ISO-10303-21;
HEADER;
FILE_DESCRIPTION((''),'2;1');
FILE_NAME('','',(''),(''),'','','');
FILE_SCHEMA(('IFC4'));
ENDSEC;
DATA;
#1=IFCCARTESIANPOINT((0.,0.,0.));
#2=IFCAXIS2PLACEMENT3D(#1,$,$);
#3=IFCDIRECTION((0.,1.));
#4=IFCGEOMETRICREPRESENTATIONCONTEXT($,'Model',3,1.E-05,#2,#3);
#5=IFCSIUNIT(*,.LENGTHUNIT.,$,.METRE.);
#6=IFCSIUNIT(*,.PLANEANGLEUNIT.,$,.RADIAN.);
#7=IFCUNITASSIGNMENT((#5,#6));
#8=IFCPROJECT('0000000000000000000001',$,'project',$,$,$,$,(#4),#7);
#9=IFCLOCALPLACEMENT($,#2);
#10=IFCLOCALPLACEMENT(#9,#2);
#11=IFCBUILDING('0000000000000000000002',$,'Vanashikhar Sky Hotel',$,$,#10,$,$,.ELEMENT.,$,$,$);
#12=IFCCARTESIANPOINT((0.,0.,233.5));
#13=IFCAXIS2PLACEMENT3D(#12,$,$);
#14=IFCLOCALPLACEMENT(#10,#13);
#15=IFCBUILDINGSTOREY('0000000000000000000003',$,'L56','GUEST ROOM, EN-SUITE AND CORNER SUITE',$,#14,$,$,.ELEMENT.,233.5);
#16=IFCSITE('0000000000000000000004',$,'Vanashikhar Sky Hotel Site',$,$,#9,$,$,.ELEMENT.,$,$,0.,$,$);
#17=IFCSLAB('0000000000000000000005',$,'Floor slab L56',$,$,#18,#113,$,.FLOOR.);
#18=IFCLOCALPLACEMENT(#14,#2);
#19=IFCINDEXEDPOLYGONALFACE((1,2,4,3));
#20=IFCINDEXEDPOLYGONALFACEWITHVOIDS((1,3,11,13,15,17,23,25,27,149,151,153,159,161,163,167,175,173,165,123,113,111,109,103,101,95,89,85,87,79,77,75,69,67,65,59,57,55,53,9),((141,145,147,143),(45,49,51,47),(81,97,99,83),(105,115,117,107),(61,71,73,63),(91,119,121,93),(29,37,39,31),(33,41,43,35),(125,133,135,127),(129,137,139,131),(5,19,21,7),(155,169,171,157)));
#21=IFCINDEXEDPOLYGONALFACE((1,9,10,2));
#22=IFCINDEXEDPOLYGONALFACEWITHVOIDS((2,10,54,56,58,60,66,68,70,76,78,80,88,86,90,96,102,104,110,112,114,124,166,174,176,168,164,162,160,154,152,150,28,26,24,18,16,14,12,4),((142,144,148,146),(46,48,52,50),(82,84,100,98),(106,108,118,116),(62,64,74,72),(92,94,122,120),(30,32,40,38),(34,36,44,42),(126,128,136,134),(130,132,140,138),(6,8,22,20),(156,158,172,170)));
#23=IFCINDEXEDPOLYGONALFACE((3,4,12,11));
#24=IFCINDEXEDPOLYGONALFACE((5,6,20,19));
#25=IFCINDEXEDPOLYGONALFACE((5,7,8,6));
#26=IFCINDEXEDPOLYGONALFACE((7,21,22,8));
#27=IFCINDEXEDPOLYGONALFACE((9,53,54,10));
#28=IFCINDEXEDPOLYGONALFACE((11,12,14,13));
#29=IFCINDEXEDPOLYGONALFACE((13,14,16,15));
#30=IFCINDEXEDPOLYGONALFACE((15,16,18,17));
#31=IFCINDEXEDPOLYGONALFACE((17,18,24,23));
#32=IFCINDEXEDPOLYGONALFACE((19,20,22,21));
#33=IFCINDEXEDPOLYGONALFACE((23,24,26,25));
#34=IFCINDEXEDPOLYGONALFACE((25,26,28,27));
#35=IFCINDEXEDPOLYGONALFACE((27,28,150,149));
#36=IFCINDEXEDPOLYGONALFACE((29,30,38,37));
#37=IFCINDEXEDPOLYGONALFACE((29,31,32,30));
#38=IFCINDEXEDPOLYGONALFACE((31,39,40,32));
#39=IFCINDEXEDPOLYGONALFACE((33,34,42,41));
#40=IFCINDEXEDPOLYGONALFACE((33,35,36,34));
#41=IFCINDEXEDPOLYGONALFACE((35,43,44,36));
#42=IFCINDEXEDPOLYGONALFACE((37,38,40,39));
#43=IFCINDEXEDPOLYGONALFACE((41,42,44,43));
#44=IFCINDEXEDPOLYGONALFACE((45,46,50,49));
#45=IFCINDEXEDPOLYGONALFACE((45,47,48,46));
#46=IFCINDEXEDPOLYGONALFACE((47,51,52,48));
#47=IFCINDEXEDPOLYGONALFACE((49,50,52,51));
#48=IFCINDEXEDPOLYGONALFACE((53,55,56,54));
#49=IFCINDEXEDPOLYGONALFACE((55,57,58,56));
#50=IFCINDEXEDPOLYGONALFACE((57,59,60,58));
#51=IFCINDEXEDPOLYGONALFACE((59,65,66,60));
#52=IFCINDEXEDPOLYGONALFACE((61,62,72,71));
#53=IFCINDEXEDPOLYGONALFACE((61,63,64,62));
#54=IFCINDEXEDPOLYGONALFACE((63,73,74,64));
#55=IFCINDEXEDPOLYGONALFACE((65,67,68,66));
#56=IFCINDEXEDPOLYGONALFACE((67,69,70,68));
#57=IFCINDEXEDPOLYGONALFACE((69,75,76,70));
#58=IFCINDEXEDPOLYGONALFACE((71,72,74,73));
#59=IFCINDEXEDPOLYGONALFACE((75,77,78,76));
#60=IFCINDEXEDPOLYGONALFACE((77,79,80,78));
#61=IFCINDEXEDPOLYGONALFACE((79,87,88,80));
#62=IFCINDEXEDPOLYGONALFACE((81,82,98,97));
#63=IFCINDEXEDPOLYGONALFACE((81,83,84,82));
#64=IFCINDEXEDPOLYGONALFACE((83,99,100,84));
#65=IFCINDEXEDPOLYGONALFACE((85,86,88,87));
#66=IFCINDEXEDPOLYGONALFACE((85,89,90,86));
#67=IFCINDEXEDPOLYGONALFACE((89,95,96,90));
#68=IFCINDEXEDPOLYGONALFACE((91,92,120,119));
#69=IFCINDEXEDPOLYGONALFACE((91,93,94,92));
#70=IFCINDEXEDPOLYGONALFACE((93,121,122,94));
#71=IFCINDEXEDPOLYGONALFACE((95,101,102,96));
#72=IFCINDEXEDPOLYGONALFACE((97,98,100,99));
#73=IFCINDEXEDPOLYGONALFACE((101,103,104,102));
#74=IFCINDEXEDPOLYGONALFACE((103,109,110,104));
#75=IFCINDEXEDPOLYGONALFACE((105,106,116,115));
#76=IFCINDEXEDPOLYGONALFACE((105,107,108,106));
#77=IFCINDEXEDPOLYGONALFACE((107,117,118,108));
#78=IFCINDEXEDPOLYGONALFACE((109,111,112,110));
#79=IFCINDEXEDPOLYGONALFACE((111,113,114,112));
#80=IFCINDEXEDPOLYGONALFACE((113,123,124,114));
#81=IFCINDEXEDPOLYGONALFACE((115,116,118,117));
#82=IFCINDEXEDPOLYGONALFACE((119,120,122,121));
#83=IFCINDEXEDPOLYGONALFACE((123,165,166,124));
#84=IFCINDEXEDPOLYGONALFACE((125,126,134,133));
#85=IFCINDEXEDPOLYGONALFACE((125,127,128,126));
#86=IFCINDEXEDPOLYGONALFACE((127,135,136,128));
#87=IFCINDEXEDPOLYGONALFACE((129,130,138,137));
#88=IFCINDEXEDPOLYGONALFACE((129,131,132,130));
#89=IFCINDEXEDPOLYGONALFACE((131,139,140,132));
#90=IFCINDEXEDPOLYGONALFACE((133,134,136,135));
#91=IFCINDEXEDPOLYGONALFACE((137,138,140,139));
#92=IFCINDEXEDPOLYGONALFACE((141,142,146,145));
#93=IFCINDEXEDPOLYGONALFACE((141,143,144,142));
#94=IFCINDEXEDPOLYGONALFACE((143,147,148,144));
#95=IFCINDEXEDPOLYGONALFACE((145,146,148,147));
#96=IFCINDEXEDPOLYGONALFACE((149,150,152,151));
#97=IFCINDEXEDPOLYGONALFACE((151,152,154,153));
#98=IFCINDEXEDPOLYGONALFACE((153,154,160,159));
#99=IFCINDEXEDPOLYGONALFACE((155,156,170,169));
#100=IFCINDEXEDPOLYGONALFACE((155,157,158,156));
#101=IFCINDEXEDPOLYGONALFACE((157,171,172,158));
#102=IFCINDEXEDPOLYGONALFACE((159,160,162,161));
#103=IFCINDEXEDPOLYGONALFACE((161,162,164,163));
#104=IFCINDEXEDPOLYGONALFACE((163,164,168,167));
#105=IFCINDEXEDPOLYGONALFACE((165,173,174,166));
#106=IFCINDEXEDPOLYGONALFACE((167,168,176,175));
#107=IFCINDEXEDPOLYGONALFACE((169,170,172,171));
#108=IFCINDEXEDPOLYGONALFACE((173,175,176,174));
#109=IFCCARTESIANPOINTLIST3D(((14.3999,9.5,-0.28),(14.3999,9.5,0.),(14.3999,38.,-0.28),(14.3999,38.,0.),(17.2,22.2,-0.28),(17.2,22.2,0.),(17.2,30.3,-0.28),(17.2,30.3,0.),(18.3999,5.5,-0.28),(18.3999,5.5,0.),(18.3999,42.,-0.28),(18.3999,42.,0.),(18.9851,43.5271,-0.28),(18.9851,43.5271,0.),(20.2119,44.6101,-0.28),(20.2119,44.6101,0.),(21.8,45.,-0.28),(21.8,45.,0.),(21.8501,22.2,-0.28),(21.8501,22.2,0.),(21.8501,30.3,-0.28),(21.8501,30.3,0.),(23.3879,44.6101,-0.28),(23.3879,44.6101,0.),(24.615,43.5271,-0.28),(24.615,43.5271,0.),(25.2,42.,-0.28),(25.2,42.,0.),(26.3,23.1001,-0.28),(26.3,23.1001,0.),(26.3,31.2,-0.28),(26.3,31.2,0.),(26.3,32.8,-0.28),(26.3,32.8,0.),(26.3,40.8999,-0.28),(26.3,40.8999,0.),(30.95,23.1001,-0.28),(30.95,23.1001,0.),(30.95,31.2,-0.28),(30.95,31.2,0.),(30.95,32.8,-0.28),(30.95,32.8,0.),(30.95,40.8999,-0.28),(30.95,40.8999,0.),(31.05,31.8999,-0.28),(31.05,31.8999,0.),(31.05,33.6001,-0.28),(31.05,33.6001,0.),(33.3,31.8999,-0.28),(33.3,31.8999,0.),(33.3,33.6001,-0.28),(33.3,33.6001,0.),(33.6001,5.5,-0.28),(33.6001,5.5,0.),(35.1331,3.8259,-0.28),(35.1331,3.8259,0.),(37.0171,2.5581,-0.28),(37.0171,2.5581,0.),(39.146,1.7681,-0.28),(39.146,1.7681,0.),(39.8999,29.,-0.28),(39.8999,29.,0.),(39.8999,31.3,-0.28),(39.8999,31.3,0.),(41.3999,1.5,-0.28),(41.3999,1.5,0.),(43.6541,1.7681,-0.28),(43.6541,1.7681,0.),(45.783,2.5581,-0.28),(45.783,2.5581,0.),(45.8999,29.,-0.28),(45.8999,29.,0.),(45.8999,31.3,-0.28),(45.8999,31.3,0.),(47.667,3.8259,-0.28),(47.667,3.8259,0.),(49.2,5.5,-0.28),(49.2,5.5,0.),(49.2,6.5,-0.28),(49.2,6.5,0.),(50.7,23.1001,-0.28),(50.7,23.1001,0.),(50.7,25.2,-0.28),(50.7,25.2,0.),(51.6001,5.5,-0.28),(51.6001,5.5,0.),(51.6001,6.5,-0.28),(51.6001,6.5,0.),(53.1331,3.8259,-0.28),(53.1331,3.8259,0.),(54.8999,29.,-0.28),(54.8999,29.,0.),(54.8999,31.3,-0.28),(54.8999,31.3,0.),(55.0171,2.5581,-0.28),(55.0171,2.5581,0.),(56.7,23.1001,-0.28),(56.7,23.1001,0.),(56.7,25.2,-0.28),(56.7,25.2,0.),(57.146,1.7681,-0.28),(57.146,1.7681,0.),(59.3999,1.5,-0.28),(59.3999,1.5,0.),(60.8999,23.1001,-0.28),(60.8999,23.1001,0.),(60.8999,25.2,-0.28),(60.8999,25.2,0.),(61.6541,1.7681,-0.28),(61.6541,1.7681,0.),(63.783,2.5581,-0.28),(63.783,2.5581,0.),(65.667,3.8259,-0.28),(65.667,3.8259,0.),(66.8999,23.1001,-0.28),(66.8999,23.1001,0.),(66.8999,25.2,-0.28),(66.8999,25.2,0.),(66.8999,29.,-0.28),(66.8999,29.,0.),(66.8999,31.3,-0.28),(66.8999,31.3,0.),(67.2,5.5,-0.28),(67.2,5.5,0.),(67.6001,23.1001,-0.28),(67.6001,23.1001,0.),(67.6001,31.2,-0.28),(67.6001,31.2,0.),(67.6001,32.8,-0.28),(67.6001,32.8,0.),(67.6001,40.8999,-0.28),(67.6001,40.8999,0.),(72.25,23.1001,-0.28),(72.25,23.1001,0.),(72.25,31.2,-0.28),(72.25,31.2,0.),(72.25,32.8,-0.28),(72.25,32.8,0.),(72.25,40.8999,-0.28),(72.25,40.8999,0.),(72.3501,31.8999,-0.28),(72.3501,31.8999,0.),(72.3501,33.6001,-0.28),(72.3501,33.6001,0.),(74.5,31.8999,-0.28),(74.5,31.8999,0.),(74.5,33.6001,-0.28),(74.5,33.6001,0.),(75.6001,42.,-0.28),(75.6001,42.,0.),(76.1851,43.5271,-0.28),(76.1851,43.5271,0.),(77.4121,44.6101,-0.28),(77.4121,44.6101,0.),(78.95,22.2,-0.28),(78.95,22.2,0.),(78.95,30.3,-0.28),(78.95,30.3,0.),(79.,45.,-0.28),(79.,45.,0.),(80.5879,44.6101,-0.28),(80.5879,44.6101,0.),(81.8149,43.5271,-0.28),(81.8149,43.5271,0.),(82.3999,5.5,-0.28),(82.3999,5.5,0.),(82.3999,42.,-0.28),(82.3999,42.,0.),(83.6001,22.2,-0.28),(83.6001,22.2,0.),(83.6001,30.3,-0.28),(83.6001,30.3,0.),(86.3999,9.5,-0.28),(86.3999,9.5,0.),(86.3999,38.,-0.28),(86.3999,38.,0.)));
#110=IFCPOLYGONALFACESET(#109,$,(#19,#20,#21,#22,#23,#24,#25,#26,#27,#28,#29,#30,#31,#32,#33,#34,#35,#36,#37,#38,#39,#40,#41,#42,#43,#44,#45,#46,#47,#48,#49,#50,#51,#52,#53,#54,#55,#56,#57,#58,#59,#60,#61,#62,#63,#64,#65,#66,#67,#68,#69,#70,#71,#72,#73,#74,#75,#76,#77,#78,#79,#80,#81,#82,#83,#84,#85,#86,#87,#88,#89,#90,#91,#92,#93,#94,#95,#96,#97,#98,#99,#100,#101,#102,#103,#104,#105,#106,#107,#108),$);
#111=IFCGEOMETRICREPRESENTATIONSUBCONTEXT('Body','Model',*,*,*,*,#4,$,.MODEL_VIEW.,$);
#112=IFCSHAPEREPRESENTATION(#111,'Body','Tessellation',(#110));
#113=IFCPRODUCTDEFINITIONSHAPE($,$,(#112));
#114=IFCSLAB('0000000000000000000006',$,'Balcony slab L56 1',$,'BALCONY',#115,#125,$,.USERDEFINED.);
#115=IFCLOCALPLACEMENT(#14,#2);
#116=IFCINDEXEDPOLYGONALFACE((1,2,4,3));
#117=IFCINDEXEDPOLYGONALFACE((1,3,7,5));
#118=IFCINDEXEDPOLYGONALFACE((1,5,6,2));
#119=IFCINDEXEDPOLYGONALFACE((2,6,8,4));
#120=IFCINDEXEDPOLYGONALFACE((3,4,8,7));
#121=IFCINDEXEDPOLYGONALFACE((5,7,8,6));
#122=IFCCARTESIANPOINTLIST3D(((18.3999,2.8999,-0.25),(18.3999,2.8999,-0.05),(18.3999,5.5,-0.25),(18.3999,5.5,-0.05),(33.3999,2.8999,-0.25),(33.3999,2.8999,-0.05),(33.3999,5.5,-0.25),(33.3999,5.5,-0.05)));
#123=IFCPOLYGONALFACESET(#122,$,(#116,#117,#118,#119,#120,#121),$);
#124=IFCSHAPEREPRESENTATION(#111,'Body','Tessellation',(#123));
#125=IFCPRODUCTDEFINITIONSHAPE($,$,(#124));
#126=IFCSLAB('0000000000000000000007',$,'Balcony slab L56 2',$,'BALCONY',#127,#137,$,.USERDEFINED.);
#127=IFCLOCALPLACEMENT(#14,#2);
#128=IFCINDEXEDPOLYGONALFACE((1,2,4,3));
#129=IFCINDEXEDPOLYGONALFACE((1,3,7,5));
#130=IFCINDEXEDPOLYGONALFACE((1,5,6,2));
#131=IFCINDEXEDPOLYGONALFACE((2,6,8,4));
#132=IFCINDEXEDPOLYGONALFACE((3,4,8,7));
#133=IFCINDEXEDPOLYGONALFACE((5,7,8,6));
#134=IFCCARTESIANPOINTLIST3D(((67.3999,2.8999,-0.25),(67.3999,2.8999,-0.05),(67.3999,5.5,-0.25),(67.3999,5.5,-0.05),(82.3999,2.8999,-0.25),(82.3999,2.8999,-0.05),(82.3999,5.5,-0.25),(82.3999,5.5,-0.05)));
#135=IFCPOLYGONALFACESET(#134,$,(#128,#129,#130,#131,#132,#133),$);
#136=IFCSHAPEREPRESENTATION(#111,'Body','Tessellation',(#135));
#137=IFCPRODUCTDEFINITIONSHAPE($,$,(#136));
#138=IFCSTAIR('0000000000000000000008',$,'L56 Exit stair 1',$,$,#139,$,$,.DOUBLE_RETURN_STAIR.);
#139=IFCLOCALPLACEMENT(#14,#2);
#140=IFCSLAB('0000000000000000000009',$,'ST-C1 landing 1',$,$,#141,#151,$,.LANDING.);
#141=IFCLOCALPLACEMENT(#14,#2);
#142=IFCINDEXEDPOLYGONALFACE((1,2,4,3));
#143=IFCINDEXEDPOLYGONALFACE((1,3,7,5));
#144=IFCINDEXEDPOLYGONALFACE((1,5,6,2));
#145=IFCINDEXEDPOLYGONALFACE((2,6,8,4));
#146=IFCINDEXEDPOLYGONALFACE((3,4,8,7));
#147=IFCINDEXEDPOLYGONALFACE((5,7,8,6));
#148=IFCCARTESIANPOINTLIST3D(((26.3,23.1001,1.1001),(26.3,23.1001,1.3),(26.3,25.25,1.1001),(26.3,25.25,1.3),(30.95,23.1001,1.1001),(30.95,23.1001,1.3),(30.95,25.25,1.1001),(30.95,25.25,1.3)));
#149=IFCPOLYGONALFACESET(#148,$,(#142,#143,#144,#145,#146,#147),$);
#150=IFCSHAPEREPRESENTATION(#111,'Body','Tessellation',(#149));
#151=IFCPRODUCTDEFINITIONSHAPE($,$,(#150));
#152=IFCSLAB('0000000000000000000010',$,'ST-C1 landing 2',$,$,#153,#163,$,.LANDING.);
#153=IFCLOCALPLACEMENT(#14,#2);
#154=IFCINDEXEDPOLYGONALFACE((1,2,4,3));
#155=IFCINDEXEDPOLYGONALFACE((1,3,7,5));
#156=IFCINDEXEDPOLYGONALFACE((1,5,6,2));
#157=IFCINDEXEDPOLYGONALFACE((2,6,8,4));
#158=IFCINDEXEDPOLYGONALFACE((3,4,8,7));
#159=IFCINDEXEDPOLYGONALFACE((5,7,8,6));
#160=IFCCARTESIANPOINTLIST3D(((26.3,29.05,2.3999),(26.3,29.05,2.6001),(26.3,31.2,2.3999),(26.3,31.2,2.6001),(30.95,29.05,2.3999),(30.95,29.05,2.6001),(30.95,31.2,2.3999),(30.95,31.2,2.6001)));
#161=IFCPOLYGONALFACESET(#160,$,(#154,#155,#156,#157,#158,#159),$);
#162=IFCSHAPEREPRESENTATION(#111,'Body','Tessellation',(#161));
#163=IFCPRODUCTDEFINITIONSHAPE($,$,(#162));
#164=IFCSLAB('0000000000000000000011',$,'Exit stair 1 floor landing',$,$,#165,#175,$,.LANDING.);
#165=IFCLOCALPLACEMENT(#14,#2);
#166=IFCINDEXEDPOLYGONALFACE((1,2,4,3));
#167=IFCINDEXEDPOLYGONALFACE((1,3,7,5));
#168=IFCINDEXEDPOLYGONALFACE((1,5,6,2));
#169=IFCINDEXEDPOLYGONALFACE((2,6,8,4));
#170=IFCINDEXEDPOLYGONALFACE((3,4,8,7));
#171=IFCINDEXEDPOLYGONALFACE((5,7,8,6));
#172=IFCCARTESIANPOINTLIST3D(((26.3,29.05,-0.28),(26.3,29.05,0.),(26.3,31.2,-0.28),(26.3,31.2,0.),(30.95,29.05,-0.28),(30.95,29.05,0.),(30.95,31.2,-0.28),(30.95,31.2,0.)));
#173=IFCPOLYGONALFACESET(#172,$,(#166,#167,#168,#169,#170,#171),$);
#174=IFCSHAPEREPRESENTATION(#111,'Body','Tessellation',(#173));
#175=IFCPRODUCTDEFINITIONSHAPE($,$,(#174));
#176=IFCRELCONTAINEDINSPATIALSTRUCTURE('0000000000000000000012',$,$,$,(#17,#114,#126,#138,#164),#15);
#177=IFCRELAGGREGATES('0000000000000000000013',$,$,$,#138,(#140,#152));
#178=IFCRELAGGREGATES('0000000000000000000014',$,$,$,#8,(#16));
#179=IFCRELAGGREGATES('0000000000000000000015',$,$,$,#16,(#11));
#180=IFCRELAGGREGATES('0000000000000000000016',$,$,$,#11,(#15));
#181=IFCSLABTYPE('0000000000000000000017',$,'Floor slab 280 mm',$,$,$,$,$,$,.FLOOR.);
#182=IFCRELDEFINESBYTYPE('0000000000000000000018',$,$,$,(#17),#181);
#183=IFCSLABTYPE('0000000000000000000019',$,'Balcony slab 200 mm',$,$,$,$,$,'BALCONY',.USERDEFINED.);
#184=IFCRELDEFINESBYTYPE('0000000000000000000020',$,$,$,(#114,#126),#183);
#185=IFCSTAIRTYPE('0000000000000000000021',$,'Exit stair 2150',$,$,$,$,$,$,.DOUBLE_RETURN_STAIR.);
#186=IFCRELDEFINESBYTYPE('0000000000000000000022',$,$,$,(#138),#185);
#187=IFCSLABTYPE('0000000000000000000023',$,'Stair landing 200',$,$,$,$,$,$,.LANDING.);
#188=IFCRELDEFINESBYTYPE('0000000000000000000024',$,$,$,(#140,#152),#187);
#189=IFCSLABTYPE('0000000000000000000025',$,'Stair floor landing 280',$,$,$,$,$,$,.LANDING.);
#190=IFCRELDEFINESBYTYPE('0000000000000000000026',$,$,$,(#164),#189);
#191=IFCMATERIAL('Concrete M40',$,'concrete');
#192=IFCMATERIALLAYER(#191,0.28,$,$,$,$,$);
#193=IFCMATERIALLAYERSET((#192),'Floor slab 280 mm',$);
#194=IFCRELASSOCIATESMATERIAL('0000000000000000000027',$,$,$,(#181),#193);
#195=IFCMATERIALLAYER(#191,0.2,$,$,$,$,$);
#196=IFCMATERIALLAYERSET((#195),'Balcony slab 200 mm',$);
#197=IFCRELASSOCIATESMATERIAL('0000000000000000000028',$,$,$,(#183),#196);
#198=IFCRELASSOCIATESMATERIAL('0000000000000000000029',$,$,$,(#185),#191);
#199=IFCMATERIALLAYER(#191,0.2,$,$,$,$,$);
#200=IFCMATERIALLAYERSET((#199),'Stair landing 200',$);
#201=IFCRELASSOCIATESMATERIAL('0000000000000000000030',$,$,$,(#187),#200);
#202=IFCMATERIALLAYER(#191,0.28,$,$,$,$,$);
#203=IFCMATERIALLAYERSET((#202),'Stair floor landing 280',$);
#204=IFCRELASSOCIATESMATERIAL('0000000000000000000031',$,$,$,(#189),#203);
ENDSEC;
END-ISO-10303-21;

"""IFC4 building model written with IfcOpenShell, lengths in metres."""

from ifc_helpers import new_model, si_unit, direction, frame, origin, place, context, subcontext, project, spatial, polyline, outline, extrude, source, transform, mapped, material, layer, layer_set, type_object, element, aggregate, save


model = new_model("IFC4")

# Units and contexts
model_context = context("Model", 3, precision=1e-05, world=origin(), true_north=direction((0.0, 1.0)))
body_context = subcontext(model_context, "Body", "Model", "MODEL_VIEW")
ifc_project = project(units=[si_unit("LENGTHUNIT", "METRE"), si_unit("PLANEANGLEUNIT", "RADIAN")], contexts=[model_context])

# Site, building, storey
site_placement = place(None, origin())
site = spatial("IfcSite", under=ifc_project, at=site_placement, Name="Vanashikhar Sky Hotel Site", CompositionType="ELEMENT", RefElevation=0.0)
building_placement = place(site_placement, origin())
building = spatial("IfcBuilding", under=site, at=building_placement, Name="Vanashikhar Sky Hotel", CompositionType="ELEMENT")
storey_placement = place(building_placement, frame((0.0, 0.0, 233.5)))
storey = spatial("IfcBuildingStorey", under=building, at=storey_placement, Name="L56", Description="GUEST ROOM, EN-SUITE AND CORNER SUITE", CompositionType="ELEMENT", Elevation=233.5)

# Slabs
ifc_material = material(Name="Concrete M40", Category="concrete")
ifc_layer_1 = layer(ifc_material, 0.28)
ifc_layer_set_1 = layer_set([ifc_layer_1], Name="Floor slab 280 mm")
slab_type_1 = type_object("IfcSlabType", Name="Floor slab 280 mm", PredefinedType="FLOOR", material=ifc_layer_set_1)
shared_shape_1 = source(origin(), body_context, "Body", "SweptSolid", [
    extrude(outline(polyline([(49.2, 5.5), (49.2, 6.5), (51.6001, 6.5), (51.6001, 5.5), (53.1331, 3.8259), (55.0171, 2.5581), (57.146, 1.7681), (59.3999, 1.5), (61.6541, 1.7681), (63.783, 2.5581), (65.667, 3.8259), (67.2, 5.5), (82.3999, 5.5), (86.3999, 9.5), (86.3999, 38.0), (82.3999, 42.0), (81.8149, 43.5271), (80.5879, 44.6101), (79.0, 45.0), (77.4121, 44.6101), (76.1851, 43.5271), (75.6001, 42.0), (25.2, 42.0), (24.615, 43.5271), (23.3879, 44.6101), (21.8, 45.0), (20.2119, 44.6101), (18.9851, 43.5271), (18.3999, 42.0), (14.3999, 38.0), (14.3999, 9.5), (18.3999, 5.5), (33.6001, 5.5), (35.1331, 3.8259), (37.0171, 2.5581), (39.146, 1.7681), (41.3999, 1.5), (43.6541, 1.7681), (45.783, 2.5581), (47.667, 3.8259), (49.2, 5.5)]), holes=[polyline([(33.3, 33.6001), (31.05, 33.6001), (31.05, 31.8999), (33.3, 31.8999), (33.3, 33.6001)]), polyline([(39.8999, 31.3), (39.8999, 29.0), (45.8999, 29.0), (45.8999, 31.3), (39.8999, 31.3)]), polyline([(50.7, 25.2), (50.7, 23.1001), (56.7, 23.1001), (56.7, 25.2), (50.7, 25.2)]), polyline([(66.8999, 29.0), (66.8999, 31.3), (54.8999, 31.3), (54.8999, 29.0), (66.8999, 29.0)]), polyline([(60.8999, 25.2), (60.8999, 23.1001), (66.8999, 23.1001), (66.8999, 25.2), (60.8999, 25.2)]), polyline([(74.5, 33.6001), (72.3501, 33.6001), (72.3501, 31.8999), (74.5, 31.8999), (74.5, 33.6001)]), polyline([(30.95, 23.1001), (30.95, 31.2), (26.3, 31.2), (26.3, 23.1001), (30.95, 23.1001)]), polyline([(72.25, 23.1001), (72.25, 31.2), (67.6001, 31.2), (67.6001, 23.1001), (72.25, 23.1001)]), polyline([(30.95, 32.8), (30.95, 40.8999), (26.3, 40.8999), (26.3, 32.8), (30.95, 32.8)]), polyline([(72.25, 32.8), (72.25, 40.8999), (67.6001, 40.8999), (67.6001, 32.8), (72.25, 32.8)]), polyline([(83.6001, 22.2), (83.6001, 30.3), (78.95, 30.3), (78.95, 22.2), (83.6001, 22.2)]), polyline([(21.8501, 22.2), (21.8501, 30.3), (17.2, 30.3), (17.2, 22.2), (21.8501, 22.2)])]), origin(), (0.0, 0.0, 1.0), 0.28),
])
slab_1_placement = place(storey_placement, frame((0.0, 0.0, -0.28)))
element("IfcSlab", 1, at=slab_1_placement, inside=storey, type_object=slab_type_1, Name="Floor slab L56", PredefinedType="FLOOR", context=body_context, shape_type="MappedRepresentation", body=[
    mapped(shared_shape_1, transform((0.0, 0.0, 0.0), scale=1.0)),
])
ifc_layer_2 = layer(ifc_material, 0.2)
ifc_layer_set_2 = layer_set([ifc_layer_2], Name="Balcony slab 200 mm")
slab_type_2 = type_object("IfcSlabType", Name="Balcony slab 200 mm", ElementType="BALCONY", PredefinedType="USERDEFINED", material=ifc_layer_set_2)
shared_shape_2 = source(origin(), body_context, "Body", "SweptSolid", [
    extrude(outline(polyline([(18.3999, 2.8999), (33.3999, 2.8999), (33.3999, 5.5), (18.3999, 5.5), (18.3999, 2.8999)])), origin(), (0.0, 0.0, 1.0), 0.2),
])
slab_2_placement = place(storey_placement, frame((0.0, 0.0, -0.25)))
element("IfcSlab", 2, at=slab_2_placement, inside=storey, type_object=slab_type_2, Name="Balcony slab L56 1", ObjectType="BALCONY", PredefinedType="USERDEFINED", context=body_context, shape_type="MappedRepresentation", body=[
    mapped(shared_shape_2, transform((0.0, 0.0, 0.0), scale=1.0)),
])
shared_shape_3 = source(origin(), body_context, "Body", "SweptSolid", [
    extrude(outline(polyline([(67.3999, 2.8999), (82.3999, 2.8999), (82.3999, 5.5), (67.3999, 5.5), (67.3999, 2.8999)])), origin(), (0.0, 0.0, 1.0), 0.2),
])
slab_3_placement = place(storey_placement, frame((0.0, 0.0, -0.25)))
element("IfcSlab", 3, at=slab_3_placement, inside=storey, type_object=slab_type_2, Name="Balcony slab L56 2", ObjectType="BALCONY", PredefinedType="USERDEFINED", context=body_context, shape_type="MappedRepresentation", body=[
    mapped(shared_shape_3, transform((0.0, 0.0, 0.0), scale=1.0)),
])

# Stair, slabs
stair_type = type_object("IfcStairType", Name="Exit stair 2150", PredefinedType="DOUBLE_RETURN_STAIR", material=ifc_material)
stair_1_placement = place(storey_placement, origin())
stair_1 = element("IfcStair", 4, at=stair_1_placement, inside=storey, type_object=stair_type, Name="L56 Exit stair 1", PredefinedType="DOUBLE_RETURN_STAIR")
ifc_layer_3 = layer(ifc_material, 0.2)
ifc_layer_set_3 = layer_set([ifc_layer_3], Name="Stair landing 200")
slab_type_3 = type_object("IfcSlabType", Name="Stair landing 200", PredefinedType="LANDING", material=ifc_layer_set_3)
shared_shape_4 = source(origin(), body_context, "Body", "SweptSolid", [
    extrude(outline(polyline([(30.95, 23.1001), (30.95, 25.25), (26.3, 25.25), (26.3, 23.1001), (30.95, 23.1001)])), origin(), (0.0, 0.0, 1.0), 0.2),
])
slab_4_placement = place(storey_placement, frame((0.0, 0.0, 1.1001)))
slab_4 = element("IfcSlab", 5, at=slab_4_placement, type_object=slab_type_3, Name="ST-C1 landing 1", PredefinedType="LANDING", context=body_context, shape_type="MappedRepresentation", body=[
    mapped(shared_shape_4, transform((0.0, 0.0, 0.0), scale=1.0)),
])
shared_shape_5 = source(origin(), body_context, "Body", "SweptSolid", [
    extrude(outline(polyline([(30.95, 29.05), (30.95, 31.2), (26.3, 31.2), (26.3, 29.05), (30.95, 29.05)])), origin(), (0.0, 0.0, 1.0), 0.2002),
])
slab_5_placement = place(storey_placement, frame((0.0, 0.0, 2.3999)))
slab_5 = element("IfcSlab", 6, at=slab_5_placement, type_object=slab_type_3, Name="ST-C1 landing 2", PredefinedType="LANDING", context=body_context, shape_type="MappedRepresentation", body=[
    mapped(shared_shape_5, transform((0.0, 0.0, 0.0), scale=1.0)),
])
aggregate(stair_1, [slab_4, slab_5])

# Slab
ifc_layer_4 = layer(ifc_material, 0.28)
ifc_layer_set_4 = layer_set([ifc_layer_4], Name="Stair floor landing 280")
slab_type_4 = type_object("IfcSlabType", Name="Stair floor landing 280", PredefinedType="LANDING", material=ifc_layer_set_4)
shared_shape_6 = source(origin(), body_context, "Body", "SweptSolid", [
    extrude(outline(polyline([(30.95, 29.05), (30.95, 31.2), (26.3, 31.2), (26.3, 29.05), (30.95, 29.05)])), origin(), (0.0, 0.0, 1.0), 0.28),
])
slab_6_placement = place(storey_placement, frame((0.0, 0.0, -0.28)))
element("IfcSlab", 7, at=slab_6_placement, inside=storey, type_object=slab_type_4, Name="Exit stair 1 floor landing", PredefinedType="LANDING", context=body_context, shape_type="MappedRepresentation", body=[
    mapped(shared_shape_6, transform((0.0, 0.0, 0.0), scale=1.0)),
])

save(model, "model.ifc")
